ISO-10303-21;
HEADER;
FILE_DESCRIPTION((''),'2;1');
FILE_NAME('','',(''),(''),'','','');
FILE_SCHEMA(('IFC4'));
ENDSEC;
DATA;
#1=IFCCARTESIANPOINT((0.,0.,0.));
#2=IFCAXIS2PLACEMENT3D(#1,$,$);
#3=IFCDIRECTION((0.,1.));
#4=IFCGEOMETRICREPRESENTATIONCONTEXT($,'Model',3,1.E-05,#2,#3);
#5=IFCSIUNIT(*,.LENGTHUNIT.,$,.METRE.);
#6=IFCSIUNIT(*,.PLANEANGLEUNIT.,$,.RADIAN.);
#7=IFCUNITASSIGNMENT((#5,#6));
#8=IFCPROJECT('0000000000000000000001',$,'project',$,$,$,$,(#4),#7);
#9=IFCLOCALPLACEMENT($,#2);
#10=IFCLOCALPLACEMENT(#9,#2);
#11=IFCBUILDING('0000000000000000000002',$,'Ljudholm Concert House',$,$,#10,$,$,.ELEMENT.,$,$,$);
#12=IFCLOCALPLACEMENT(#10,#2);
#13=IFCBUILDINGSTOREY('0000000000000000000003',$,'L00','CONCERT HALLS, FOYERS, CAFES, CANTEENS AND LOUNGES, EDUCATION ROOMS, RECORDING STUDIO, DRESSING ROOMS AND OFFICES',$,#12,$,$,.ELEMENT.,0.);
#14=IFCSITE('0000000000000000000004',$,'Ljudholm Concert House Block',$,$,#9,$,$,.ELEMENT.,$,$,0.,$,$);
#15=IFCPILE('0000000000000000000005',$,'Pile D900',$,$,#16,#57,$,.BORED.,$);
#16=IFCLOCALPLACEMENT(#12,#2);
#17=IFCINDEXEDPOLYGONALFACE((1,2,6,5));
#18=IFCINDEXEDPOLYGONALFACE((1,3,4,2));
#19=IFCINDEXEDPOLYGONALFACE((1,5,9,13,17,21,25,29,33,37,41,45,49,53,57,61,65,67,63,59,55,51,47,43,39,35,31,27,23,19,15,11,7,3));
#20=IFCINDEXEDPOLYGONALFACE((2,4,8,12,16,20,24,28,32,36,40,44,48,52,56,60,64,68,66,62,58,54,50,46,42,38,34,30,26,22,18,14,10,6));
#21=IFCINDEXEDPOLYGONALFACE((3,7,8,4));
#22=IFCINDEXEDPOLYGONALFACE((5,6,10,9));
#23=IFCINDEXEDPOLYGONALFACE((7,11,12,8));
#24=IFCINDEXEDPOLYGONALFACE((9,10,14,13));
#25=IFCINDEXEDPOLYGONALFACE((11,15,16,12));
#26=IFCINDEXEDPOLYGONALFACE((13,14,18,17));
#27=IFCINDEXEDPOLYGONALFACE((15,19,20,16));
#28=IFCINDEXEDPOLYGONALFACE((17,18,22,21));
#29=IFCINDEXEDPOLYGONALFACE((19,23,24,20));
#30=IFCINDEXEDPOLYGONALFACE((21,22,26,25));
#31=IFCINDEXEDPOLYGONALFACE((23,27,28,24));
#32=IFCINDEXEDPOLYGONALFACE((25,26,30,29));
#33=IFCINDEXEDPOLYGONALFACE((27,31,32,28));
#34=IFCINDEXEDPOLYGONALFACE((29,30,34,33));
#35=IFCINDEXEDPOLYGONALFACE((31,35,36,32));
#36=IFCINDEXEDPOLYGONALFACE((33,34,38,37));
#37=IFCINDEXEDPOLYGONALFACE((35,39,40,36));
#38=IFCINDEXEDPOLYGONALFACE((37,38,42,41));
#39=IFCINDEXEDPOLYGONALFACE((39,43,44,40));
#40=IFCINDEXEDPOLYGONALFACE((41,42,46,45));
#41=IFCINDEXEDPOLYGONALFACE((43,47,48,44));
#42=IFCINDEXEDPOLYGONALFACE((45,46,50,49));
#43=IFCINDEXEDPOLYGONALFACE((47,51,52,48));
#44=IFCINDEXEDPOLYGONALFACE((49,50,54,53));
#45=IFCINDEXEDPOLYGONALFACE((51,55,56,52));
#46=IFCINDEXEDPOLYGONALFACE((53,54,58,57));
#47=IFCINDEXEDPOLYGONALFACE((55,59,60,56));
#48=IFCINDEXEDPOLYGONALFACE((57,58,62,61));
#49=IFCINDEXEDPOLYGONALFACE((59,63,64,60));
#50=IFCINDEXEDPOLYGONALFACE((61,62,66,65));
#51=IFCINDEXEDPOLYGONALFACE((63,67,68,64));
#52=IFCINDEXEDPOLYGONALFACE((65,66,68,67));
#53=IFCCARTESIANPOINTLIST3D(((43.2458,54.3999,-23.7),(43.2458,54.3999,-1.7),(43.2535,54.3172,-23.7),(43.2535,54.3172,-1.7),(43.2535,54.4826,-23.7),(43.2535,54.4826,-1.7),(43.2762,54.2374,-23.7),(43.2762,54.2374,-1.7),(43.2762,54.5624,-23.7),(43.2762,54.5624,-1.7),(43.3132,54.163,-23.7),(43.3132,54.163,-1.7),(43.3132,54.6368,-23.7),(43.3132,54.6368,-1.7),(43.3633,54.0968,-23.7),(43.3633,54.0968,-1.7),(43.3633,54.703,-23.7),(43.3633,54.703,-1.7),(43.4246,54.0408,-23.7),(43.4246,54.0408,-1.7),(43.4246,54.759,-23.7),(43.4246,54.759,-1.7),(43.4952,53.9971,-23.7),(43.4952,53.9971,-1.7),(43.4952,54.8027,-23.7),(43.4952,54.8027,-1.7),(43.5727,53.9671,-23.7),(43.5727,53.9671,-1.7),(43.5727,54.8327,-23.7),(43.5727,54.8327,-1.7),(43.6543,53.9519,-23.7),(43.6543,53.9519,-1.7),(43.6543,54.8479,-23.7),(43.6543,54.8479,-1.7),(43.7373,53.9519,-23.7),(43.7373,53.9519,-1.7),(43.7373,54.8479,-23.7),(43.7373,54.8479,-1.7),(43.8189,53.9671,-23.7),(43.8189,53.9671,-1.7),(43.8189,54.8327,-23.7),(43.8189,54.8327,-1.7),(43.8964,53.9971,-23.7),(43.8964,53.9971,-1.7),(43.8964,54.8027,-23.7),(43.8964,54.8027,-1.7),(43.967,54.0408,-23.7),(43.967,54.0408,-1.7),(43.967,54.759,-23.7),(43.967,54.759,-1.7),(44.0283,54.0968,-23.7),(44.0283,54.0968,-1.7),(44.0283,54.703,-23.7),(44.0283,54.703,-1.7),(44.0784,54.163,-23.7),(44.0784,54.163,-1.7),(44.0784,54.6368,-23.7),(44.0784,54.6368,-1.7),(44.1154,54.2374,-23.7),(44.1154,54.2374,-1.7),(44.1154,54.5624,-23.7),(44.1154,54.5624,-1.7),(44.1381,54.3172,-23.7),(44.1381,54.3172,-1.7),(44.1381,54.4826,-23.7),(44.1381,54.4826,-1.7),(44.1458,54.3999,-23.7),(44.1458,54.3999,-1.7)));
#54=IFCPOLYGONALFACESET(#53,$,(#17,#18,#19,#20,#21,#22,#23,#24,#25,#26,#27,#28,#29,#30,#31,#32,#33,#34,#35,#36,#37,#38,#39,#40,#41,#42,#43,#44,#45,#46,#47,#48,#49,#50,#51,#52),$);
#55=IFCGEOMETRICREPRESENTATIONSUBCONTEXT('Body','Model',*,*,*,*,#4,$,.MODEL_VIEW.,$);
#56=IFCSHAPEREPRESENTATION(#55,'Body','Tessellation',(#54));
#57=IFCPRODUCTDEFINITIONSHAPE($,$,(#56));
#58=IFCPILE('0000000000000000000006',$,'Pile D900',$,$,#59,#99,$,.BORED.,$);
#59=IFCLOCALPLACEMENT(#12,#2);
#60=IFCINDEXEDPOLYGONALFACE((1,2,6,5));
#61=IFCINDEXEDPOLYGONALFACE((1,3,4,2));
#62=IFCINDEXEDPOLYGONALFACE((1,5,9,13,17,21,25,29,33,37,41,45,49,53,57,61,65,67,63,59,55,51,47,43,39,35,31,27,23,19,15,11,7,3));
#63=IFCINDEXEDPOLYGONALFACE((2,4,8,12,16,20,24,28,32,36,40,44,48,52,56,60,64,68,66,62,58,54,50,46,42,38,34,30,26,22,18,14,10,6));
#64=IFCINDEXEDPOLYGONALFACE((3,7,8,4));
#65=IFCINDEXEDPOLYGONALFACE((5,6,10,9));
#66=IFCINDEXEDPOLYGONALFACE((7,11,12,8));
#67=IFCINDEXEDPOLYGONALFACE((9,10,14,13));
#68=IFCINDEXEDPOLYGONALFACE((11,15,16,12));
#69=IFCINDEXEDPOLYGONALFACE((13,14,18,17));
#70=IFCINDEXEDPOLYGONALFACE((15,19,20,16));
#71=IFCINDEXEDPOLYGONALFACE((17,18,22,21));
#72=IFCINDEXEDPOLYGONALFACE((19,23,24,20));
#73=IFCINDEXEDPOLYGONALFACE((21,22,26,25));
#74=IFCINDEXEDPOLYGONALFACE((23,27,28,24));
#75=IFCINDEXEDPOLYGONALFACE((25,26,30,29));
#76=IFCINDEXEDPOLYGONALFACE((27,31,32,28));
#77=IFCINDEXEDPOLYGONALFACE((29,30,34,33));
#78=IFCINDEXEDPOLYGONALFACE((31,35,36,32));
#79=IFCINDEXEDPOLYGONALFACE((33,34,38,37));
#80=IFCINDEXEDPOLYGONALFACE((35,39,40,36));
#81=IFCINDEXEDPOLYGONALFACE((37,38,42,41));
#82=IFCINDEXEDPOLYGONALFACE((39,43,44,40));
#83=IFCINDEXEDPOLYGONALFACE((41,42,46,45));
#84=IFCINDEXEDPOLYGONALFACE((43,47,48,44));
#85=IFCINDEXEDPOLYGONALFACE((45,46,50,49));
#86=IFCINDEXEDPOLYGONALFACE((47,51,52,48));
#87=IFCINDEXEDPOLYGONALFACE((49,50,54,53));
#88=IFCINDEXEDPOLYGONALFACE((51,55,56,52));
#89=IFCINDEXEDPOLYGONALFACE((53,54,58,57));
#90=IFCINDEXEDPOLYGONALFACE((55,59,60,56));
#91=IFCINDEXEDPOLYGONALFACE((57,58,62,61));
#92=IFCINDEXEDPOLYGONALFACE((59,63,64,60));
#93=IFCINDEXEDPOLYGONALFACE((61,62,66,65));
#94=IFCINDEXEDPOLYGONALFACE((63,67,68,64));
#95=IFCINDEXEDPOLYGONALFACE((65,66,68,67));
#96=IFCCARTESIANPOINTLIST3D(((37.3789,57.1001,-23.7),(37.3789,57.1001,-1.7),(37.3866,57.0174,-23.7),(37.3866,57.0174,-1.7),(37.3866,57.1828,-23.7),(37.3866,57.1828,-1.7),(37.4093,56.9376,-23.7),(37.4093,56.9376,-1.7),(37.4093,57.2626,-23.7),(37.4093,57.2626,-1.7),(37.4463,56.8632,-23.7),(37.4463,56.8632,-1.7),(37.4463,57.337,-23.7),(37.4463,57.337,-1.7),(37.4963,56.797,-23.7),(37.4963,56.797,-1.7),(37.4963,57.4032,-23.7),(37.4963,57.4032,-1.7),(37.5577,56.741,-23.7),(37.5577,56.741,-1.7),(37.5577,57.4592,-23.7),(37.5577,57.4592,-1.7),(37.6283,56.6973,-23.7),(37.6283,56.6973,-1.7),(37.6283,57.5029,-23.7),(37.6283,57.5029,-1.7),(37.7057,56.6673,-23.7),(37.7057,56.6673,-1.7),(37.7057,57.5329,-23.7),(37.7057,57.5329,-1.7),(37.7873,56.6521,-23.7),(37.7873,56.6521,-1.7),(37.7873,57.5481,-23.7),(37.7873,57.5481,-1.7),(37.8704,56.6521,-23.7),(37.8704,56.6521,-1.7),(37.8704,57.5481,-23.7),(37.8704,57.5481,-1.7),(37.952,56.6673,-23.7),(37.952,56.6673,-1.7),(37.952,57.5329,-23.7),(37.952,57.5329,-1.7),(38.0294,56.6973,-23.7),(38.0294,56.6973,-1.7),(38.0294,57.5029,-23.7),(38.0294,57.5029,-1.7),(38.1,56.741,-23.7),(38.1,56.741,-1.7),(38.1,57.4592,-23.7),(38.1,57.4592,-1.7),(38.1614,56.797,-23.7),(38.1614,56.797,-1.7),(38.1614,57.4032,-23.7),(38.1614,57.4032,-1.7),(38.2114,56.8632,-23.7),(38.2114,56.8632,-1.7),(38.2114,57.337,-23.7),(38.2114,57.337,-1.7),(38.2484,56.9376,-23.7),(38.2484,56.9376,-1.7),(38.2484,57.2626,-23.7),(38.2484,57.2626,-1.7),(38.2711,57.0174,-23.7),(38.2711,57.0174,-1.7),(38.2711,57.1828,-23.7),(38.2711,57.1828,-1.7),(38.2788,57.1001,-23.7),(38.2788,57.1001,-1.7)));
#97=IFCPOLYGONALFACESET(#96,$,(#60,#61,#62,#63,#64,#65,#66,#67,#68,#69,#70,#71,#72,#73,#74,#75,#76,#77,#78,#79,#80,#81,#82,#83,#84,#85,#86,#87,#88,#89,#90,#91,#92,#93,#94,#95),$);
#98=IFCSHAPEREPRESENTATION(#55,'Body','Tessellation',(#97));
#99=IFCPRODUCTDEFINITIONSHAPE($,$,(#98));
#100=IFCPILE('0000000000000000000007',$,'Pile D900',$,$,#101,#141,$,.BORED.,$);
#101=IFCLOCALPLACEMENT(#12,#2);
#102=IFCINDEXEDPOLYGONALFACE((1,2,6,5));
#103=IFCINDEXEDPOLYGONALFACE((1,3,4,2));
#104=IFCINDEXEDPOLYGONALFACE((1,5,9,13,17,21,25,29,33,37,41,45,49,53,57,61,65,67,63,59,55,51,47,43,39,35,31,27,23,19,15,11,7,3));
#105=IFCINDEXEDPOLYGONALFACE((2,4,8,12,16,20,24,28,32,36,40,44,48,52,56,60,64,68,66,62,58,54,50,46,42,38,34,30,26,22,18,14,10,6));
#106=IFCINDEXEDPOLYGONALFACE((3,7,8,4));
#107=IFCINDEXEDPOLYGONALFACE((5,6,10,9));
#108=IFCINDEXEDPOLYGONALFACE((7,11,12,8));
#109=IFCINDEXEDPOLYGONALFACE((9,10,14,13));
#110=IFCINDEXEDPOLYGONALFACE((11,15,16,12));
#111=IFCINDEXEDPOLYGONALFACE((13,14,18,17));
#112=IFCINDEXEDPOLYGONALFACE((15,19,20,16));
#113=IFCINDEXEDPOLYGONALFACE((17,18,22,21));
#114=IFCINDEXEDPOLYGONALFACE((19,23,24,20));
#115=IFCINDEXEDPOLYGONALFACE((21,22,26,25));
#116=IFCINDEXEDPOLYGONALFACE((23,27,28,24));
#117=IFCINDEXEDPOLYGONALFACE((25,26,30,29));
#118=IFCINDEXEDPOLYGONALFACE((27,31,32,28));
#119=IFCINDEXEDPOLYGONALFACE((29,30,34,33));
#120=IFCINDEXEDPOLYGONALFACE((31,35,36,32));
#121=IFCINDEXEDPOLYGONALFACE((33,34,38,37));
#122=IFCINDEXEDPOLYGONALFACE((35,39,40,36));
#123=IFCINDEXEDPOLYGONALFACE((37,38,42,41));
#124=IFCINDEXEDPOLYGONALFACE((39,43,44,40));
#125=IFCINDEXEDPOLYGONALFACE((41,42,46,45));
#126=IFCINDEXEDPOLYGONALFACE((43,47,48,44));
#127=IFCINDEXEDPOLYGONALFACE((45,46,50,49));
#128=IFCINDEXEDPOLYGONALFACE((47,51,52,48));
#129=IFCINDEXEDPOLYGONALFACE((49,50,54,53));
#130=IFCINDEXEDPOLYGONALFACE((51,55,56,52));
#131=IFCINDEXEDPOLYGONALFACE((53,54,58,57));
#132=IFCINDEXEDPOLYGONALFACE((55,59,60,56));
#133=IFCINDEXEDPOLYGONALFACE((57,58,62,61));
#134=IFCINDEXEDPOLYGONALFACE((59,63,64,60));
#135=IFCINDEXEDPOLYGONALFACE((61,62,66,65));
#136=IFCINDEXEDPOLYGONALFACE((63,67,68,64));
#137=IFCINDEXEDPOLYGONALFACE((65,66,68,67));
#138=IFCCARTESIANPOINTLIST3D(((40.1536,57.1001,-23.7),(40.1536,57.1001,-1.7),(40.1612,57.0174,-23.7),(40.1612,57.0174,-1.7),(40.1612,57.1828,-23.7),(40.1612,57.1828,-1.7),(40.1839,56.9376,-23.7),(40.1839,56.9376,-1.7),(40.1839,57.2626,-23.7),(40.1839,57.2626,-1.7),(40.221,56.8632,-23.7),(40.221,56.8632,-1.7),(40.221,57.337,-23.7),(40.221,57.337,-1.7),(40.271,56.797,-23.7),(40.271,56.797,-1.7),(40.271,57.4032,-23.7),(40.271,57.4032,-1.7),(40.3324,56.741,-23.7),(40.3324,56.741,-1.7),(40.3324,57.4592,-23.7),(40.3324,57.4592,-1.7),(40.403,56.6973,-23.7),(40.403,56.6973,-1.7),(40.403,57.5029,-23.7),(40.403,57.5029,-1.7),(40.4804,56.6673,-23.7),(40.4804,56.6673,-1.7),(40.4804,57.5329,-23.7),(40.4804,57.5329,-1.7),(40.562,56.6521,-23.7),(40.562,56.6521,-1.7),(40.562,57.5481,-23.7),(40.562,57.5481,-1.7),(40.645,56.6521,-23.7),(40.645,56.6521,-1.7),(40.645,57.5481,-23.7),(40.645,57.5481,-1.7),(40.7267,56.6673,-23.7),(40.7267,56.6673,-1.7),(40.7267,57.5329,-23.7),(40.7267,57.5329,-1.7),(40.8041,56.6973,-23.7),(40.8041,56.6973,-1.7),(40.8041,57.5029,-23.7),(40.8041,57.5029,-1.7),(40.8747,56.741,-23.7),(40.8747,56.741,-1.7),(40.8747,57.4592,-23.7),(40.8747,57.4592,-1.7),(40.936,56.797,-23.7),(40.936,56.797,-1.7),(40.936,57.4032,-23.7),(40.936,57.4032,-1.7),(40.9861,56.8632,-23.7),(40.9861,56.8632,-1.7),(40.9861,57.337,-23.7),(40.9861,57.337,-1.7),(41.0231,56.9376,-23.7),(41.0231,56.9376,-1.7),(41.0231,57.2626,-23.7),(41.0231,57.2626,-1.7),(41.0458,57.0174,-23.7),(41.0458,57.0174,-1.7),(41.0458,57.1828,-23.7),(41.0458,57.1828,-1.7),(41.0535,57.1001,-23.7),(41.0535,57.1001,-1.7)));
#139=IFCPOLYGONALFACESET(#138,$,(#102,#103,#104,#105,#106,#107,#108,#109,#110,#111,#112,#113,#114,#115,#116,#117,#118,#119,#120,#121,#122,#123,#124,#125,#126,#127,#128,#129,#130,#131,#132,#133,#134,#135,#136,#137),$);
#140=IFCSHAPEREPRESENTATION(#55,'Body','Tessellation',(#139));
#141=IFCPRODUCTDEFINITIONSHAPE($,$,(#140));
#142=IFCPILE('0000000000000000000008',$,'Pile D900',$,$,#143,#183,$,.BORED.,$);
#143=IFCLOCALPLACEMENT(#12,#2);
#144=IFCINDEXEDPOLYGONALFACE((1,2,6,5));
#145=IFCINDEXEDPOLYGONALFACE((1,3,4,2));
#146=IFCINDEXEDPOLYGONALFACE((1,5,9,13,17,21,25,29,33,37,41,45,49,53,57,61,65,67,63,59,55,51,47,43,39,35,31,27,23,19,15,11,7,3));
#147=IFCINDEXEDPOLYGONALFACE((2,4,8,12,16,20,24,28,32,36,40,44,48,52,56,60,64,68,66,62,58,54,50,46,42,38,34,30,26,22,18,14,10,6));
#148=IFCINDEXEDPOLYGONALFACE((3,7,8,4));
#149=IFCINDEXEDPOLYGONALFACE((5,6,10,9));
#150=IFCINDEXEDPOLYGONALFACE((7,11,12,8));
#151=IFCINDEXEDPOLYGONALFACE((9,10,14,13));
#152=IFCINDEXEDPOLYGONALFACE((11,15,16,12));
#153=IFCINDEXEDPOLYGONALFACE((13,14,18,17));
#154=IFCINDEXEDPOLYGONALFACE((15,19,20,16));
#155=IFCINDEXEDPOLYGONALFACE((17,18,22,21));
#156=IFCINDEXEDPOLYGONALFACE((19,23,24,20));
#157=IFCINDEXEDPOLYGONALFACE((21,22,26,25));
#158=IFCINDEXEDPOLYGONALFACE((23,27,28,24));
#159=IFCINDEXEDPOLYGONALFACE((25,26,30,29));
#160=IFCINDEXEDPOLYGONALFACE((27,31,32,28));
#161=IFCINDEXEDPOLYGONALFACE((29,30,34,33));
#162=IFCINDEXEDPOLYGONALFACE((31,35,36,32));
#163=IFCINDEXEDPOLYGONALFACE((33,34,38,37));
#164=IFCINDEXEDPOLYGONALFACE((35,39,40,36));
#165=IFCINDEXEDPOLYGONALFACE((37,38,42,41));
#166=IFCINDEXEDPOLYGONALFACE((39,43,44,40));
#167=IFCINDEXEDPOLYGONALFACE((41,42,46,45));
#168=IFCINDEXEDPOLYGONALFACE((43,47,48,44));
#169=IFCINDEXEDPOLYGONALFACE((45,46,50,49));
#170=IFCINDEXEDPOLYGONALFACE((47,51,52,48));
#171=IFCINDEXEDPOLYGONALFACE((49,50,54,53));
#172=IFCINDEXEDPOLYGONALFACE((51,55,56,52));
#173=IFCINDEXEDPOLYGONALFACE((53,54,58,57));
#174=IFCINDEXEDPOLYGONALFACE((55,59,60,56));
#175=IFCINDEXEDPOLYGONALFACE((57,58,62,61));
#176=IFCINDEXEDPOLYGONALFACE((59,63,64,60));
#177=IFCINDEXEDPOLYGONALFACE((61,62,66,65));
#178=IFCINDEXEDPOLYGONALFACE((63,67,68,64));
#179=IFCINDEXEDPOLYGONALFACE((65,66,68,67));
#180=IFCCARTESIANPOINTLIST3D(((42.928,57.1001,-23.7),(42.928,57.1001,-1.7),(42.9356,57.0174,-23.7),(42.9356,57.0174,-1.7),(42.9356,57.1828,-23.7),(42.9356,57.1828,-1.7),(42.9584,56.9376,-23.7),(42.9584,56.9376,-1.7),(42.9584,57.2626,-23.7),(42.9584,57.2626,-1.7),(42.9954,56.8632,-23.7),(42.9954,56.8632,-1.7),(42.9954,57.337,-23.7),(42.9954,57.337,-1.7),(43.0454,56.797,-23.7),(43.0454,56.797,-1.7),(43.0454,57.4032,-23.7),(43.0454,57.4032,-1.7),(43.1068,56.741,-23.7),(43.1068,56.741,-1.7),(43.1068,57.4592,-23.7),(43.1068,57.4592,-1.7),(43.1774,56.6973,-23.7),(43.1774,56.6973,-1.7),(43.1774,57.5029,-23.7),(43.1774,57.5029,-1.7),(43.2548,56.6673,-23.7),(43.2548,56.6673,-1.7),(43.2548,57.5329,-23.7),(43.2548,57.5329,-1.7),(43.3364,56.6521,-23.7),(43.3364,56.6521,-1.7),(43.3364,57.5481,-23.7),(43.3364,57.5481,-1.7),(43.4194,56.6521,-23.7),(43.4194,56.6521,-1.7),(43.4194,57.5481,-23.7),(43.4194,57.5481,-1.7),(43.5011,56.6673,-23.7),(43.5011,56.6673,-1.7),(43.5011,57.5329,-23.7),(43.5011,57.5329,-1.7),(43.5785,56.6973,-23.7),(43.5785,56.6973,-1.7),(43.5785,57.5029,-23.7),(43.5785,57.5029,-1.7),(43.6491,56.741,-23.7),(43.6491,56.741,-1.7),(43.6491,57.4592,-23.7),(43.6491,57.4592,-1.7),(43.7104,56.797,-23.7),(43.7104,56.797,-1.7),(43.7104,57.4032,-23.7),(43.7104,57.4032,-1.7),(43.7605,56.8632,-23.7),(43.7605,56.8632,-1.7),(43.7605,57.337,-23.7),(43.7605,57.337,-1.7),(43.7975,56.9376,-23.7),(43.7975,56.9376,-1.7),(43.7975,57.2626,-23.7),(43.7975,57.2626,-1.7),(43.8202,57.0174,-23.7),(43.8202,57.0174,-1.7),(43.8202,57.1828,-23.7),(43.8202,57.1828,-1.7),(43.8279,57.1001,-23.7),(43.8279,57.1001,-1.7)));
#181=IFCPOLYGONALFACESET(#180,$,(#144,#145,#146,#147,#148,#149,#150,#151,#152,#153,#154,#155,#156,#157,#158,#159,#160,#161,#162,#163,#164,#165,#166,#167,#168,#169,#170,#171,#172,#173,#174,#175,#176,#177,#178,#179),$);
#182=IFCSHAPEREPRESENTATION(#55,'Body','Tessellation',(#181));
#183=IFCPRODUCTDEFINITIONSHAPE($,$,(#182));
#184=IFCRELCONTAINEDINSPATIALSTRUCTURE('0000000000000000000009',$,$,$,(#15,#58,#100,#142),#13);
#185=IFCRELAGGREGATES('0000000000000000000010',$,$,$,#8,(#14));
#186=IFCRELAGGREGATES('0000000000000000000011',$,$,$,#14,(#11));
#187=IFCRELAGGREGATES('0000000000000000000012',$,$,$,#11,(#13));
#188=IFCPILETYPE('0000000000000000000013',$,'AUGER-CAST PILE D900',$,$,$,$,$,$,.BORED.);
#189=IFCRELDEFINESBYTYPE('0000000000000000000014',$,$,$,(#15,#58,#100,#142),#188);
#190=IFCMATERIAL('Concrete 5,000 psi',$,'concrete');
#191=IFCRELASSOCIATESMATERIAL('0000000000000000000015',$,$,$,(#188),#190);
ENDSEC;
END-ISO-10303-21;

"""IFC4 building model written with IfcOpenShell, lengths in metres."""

from ifc_helpers import new_model, si_unit, direction, frame, origin, origin_2d, place, context, subcontext, project, spatial, circle, extrude, material, material_profile, profile_set, type_object, element, save


model = new_model("IFC4")

# Units and contexts
model_context = context("Model", 3, precision=1e-05, world=origin(), true_north=direction((0.0, 1.0)))
body_context = subcontext(model_context, "Body", "Model", "MODEL_VIEW")
ifc_project = project(units=[si_unit("LENGTHUNIT", "METRE"), si_unit("PLANEANGLEUNIT", "RADIAN")], contexts=[model_context])

# Site, building, storey
site_placement = place(None, origin())
site = spatial("IfcSite", under=ifc_project, at=site_placement, Name="Ljudholm Concert House Block", CompositionType="ELEMENT", RefElevation=0.0)
building_placement = place(site_placement, origin())
building = spatial("IfcBuilding", under=site, at=building_placement, Name="Ljudholm Concert House", CompositionType="ELEMENT")
storey_placement = place(building_placement, origin())
storey = spatial("IfcBuildingStorey", under=building, at=storey_placement, Name="L00", Description="CONCERT HALLS, FOYERS, CAFES, CANTEENS AND LOUNGES, EDUCATION ROOMS, RECORDING STUDIO, DRESSING ROOMS AND OFFICES", CompositionType="ELEMENT", Elevation=0.0)

# Piles
ifc_material_1 = material(Name="Concrete 5,000 psi", Category="concrete")
ifc_material_profile_1 = material_profile(ifc_material_1, circle(Radius=0.45, at=origin_2d()), Name="AUGER-CAST PILE D900")
ifc_profile_set_1 = profile_set([ifc_material_profile_1], Name="Concrete 5,000 psi")
pile_type_1 = type_object("IfcPileType", Name="AUGER-CAST PILE D900", PredefinedType="BORED", material=ifc_profile_set_1)
for number, where, z_axis, x_axis, name in (
    (1, (43.6958, 54.3999, -1.7), (0.0, 0.0, -1.0), (1.0, 0.0, 0.0), "Pile D900"),
    (2, (37.8289, 57.1001, -1.7), (0.0, 0.0, -1.0), (1.0, 0.0, 0.0), "Pile D900"),
    (3, (40.6035, 57.1001, -1.7), (0.0, 0.0, -1.0), (1.0, 0.0, 0.0), "Pile D900"),
    (4, (43.3779, 57.1001, -1.7), (0.0, 0.0, -1.0), (1.0, 0.0, 0.0), "Pile D900"),
):
    element("IfcPile", number, at=place(storey_placement, frame(where, z_axis=z_axis, x_axis=x_axis)), inside=storey, type_object=pile_type_1, Name=name, PredefinedType="BORED", context=body_context, shape_type="SweptSolid", body=[
        extrude(circle(Radius=0.45, at=origin_2d()), origin(), (0.0, 0.0, 1.0), 22.0),
    ])

save(model, "model.ifc")
